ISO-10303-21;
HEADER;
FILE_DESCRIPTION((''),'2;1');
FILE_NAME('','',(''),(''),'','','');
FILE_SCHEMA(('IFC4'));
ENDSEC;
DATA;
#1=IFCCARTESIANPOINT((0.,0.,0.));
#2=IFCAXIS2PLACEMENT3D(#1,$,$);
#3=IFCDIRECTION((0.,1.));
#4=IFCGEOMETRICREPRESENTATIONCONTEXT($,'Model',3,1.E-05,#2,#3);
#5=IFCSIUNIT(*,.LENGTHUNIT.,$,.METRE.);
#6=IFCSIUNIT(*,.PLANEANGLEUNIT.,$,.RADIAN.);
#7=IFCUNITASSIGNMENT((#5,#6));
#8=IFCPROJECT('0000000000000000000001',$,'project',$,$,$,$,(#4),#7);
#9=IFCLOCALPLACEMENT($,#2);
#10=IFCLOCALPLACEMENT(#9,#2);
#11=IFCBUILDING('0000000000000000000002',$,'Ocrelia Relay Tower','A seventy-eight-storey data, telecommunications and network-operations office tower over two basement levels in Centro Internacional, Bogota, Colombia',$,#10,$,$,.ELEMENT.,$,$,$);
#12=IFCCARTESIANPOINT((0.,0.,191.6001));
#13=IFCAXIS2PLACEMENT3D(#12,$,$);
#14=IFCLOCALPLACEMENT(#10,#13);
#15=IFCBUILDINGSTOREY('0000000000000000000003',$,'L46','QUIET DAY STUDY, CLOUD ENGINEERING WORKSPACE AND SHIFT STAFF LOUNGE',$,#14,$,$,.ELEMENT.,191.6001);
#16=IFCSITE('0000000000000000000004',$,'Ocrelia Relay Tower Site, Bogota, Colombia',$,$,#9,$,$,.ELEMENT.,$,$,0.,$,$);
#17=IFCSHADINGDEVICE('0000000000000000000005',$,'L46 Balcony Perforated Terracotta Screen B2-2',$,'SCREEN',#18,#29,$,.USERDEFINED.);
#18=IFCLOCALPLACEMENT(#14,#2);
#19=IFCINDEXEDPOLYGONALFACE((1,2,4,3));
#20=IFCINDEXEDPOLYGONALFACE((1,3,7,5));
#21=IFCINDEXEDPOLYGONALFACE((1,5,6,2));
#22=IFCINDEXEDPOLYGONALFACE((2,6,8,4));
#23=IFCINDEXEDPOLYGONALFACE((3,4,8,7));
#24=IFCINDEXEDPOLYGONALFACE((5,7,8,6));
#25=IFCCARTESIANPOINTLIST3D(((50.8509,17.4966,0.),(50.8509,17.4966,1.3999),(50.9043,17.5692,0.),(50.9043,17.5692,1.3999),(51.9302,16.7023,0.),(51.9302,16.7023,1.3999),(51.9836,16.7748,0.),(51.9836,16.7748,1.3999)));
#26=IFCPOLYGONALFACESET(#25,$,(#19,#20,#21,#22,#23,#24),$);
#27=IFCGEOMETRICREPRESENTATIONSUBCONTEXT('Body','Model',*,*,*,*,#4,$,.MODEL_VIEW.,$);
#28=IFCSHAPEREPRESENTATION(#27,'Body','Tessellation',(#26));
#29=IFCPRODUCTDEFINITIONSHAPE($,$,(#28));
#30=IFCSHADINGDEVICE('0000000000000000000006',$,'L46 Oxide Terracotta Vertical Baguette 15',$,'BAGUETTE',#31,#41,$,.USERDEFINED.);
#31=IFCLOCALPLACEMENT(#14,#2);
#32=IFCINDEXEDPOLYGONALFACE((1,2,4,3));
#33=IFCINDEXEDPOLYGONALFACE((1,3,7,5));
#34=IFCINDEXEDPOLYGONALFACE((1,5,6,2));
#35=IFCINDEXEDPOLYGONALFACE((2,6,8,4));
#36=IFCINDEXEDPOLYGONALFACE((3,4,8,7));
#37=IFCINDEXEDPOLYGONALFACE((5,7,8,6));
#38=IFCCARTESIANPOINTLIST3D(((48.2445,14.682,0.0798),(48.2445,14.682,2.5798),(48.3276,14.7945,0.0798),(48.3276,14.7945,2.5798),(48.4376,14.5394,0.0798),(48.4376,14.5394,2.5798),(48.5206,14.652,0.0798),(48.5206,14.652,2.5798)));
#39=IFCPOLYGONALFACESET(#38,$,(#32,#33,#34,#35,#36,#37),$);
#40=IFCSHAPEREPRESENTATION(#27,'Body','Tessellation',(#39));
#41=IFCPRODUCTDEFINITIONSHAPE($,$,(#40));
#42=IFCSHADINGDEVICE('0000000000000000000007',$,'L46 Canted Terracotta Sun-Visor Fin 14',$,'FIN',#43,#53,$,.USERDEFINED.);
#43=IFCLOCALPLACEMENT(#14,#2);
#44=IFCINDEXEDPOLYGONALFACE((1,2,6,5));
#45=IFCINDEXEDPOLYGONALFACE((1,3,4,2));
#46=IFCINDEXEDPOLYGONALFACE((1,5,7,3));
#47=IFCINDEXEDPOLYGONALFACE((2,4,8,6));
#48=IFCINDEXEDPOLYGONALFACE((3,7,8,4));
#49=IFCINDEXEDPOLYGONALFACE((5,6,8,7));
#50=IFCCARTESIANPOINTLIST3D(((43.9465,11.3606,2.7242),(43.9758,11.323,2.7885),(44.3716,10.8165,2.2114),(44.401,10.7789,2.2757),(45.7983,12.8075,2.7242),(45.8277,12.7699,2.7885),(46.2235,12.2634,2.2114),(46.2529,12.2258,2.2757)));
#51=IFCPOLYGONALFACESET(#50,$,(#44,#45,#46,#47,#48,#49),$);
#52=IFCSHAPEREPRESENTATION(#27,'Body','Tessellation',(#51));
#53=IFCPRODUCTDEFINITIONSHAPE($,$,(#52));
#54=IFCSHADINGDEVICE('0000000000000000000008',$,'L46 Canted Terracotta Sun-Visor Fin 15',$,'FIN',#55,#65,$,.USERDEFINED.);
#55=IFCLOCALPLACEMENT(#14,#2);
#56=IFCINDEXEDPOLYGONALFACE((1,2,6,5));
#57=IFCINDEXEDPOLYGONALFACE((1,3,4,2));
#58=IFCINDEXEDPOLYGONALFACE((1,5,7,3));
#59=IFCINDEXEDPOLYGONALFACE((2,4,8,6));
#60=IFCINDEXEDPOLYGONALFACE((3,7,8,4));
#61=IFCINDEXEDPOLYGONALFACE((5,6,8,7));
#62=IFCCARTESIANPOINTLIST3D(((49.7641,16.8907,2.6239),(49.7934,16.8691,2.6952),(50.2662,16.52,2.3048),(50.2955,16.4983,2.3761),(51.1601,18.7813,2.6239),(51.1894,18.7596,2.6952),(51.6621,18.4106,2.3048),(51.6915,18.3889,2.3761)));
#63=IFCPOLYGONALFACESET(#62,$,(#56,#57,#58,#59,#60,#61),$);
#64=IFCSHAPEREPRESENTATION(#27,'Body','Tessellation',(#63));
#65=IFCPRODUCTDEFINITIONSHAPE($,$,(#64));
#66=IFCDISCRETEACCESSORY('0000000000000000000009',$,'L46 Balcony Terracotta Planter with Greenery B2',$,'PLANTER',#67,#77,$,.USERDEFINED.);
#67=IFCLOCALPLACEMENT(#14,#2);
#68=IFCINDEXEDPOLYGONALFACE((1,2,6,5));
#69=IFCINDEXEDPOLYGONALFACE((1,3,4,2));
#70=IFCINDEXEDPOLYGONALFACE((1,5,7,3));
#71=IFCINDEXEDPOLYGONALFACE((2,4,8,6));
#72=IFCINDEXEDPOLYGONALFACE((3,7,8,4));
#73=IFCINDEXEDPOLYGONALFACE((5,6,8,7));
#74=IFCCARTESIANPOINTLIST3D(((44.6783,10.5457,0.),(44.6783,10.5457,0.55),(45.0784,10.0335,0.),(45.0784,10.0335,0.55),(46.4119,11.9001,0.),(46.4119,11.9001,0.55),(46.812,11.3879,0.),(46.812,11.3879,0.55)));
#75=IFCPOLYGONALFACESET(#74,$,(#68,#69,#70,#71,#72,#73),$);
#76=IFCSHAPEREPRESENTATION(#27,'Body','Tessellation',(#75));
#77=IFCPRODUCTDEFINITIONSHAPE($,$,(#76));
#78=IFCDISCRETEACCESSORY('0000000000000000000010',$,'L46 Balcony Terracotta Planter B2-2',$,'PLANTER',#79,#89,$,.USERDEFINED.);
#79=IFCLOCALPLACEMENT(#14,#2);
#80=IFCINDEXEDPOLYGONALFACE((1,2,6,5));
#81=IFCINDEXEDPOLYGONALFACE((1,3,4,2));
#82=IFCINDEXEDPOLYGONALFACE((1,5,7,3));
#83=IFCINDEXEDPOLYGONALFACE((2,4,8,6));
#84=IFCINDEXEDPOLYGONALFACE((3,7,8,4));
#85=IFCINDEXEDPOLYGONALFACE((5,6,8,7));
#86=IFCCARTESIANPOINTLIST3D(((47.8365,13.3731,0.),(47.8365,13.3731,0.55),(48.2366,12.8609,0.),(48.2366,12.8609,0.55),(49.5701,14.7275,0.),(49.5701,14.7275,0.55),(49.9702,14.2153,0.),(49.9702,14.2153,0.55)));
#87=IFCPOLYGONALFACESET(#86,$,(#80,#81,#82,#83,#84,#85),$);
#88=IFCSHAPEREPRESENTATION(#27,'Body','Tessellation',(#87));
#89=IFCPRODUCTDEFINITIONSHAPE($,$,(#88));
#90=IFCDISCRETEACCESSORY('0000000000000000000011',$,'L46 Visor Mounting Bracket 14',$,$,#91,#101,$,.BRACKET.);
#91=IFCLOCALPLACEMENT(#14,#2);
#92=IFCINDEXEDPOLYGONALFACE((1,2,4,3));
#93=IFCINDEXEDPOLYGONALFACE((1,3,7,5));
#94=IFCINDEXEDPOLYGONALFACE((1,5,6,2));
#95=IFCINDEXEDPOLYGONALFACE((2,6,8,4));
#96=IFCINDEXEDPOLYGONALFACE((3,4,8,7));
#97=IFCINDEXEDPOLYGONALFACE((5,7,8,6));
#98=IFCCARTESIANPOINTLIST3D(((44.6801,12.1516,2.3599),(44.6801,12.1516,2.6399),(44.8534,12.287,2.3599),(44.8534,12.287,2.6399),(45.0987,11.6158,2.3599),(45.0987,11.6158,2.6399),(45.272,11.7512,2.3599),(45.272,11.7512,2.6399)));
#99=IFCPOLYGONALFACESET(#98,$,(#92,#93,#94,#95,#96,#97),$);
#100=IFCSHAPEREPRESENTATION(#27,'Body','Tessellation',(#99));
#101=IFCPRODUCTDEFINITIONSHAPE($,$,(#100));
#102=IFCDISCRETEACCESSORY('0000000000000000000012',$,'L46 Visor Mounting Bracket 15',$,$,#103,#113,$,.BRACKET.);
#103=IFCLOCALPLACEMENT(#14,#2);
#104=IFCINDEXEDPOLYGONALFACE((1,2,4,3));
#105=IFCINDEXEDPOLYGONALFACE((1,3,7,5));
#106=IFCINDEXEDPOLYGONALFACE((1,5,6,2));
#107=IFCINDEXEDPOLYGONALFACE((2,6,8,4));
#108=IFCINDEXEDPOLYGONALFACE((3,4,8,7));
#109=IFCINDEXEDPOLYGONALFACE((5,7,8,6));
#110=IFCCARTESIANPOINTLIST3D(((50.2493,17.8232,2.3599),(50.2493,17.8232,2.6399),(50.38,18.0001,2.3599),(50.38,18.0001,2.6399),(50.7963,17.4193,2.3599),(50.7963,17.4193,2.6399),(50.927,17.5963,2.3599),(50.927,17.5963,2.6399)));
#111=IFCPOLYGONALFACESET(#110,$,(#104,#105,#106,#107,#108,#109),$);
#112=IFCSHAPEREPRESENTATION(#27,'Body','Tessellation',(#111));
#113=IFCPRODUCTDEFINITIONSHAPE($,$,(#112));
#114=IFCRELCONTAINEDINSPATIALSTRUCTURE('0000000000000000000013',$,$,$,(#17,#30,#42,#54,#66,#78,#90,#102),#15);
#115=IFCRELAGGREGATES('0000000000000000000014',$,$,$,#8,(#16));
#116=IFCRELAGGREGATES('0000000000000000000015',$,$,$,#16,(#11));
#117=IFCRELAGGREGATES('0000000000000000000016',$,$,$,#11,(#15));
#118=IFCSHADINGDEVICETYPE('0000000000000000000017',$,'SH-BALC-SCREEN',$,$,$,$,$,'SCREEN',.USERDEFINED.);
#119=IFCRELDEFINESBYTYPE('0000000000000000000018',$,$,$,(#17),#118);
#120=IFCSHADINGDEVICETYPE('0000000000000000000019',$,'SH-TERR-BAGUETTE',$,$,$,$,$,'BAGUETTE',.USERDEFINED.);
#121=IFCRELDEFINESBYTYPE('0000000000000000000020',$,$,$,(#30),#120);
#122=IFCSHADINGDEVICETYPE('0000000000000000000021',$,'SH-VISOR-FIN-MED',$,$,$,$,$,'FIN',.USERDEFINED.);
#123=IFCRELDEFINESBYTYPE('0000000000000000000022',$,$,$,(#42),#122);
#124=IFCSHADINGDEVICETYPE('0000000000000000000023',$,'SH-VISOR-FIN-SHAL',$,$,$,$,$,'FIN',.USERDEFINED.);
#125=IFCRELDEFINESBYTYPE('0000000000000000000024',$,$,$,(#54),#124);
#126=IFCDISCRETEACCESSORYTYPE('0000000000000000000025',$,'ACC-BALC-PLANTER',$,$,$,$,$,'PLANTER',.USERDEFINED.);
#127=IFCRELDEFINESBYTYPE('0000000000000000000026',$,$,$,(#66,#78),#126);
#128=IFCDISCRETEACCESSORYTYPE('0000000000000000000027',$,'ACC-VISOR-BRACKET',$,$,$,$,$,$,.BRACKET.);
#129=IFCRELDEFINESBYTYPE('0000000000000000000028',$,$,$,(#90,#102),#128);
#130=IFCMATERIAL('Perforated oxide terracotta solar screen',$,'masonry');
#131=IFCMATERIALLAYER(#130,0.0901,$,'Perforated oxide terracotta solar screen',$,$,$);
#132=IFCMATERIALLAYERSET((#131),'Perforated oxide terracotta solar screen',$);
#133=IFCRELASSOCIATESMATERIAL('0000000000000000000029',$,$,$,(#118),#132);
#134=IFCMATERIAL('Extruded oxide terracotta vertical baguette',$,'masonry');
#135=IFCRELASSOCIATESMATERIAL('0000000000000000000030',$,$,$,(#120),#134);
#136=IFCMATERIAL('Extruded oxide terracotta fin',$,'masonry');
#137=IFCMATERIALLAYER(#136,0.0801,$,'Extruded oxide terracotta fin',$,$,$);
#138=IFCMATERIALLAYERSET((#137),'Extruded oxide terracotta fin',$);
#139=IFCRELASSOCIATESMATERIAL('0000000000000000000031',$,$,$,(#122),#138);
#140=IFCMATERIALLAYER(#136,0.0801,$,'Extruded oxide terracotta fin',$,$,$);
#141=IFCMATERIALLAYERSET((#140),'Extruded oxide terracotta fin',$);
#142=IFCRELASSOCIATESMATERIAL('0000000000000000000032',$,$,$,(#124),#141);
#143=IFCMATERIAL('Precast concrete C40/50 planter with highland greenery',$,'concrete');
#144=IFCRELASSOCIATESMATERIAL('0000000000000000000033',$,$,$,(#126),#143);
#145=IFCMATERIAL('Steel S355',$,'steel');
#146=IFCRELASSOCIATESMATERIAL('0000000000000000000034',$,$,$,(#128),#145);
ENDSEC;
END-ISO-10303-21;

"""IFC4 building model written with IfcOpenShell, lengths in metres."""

from ifc_helpers import new_model, si_unit, direction, frame, origin, origin_2d, place, context, subcontext, project, spatial, rectangle, extrude, material, layer, layer_set, type_object, element, save


model = new_model("IFC4")

# Units and contexts
model_context = context("Model", 3, precision=1e-05, world=origin(), true_north=direction((0.0, 1.0)))
body_context = subcontext(model_context, "Body", "Model", "MODEL_VIEW")
ifc_project = project(units=[si_unit("LENGTHUNIT", "METRE"), si_unit("PLANEANGLEUNIT", "RADIAN")], contexts=[model_context])

# Site, building, storey
site_placement = place(None, origin())
site = spatial("IfcSite", under=ifc_project, at=site_placement, Name="Ocrelia Relay Tower Site, Bogota, Colombia", CompositionType="ELEMENT", RefElevation=0.0)
building_placement = place(site_placement, origin())
building = spatial("IfcBuilding", under=site, at=building_placement, Name="Ocrelia Relay Tower", Description="A seventy-eight-storey data, telecommunications and network-operations office tower over two basement levels in Centro Internacional, Bogota, Colombia", CompositionType="ELEMENT")
storey_placement = place(building_placement, frame((0.0, 0.0, 191.6001)))
storey = spatial("IfcBuildingStorey", under=building, at=storey_placement, Name="L46", Description="QUIET DAY STUDY, CLOUD ENGINEERING WORKSPACE AND SHIFT STAFF LOUNGE", CompositionType="ELEMENT", Elevation=191.6001)

# Shared definitions
ifc_material_1 = material(Name="Steel S355", Category="steel")

# Shading devices
ifc_material_2 = material(Name="Perforated oxide terracotta solar screen", Category="masonry")
ifc_layer_1 = layer(ifc_material_2, 0.0901, Name="Perforated oxide terracotta solar screen")
ifc_layer_set_1 = layer_set([ifc_layer_1], Name="Perforated oxide terracotta solar screen")
shading_device_type_1 = type_object("IfcShadingDeviceType", Name="SH-BALC-SCREEN", ElementType="SCREEN", PredefinedType="USERDEFINED", material=ifc_layer_set_1)
shading_device_1_placement = place(storey_placement, frame((51.4172, 17.1357, 0.0), z_axis=(0.0, 0.0, 1.0), x_axis=(0.805384, -0.592753, 0.0)))
element("IfcShadingDevice", 1, at=shading_device_1_placement, inside=storey, type_object=shading_device_type_1, Name="L46 Balcony Perforated Terracotta Screen B2-2", ObjectType="SCREEN", PredefinedType="USERDEFINED", context=body_context, shape_type="SweptSolid", body=[
    extrude(rectangle(XDim=1.3401, YDim=0.0901, at=origin_2d()), origin(), (0.0, 0.0, 1.0), 1.3999),
])
ifc_material_3 = material(Name="Extruded oxide terracotta vertical baguette", Category="masonry")
shading_device_type_2 = type_object("IfcShadingDeviceType", Name="SH-TERR-BAGUETTE", ElementType="BAGUETTE", PredefinedType="USERDEFINED", material=ifc_material_3)
shading_device_2_placement = place(storey_placement, frame((48.3826, 14.667, 0.0798), z_axis=(0.0, 0.0, 1.0), x_axis=(0.594005, 0.804462, 0.0)))
element("IfcShadingDevice", 2, at=shading_device_2_placement, inside=storey, type_object=shading_device_type_2, Name="L46 Oxide Terracotta Vertical Baguette 15", ObjectType="BAGUETTE", PredefinedType="USERDEFINED", context=body_context, shape_type="SweptSolid", body=[
    extrude(rectangle(XDim=0.1399, YDim=0.24, at=origin_2d()), origin(), (0.0, 0.0, 1.0), 2.5),
])
ifc_material_4 = material(Name="Extruded oxide terracotta fin", Category="masonry")
ifc_layer_2 = layer(ifc_material_4, 0.0801, Name="Extruded oxide terracotta fin")
ifc_layer_set_2 = layer_set([ifc_layer_2], Name="Extruded oxide terracotta fin")
shading_device_type_3 = type_object("IfcShadingDeviceType", Name="SH-VISOR-FIN-MED", ElementType="FIN", PredefinedType="USERDEFINED", material=ifc_layer_set_2)
shading_device_3_placement = place(storey_placement, frame((45.085, 11.812, 2.4678), z_axis=(0.367075, -0.46983, 0.802817), x_axis=(0.788008, 0.615665, 0.0)))
element("IfcShadingDevice", 3, at=shading_device_3_placement, inside=storey, type_object=shading_device_type_3, Name="L46 Canted Terracotta Sun-Visor Fin 14", ObjectType="FIN", PredefinedType="USERDEFINED", context=body_context, shape_type="SweptSolid", body=[
    extrude(rectangle(XDim=2.3501, YDim=0.8601, at=origin_2d()), origin(), (0.0, 0.0, 1.0), 0.0801),
])
ifc_layer_3 = layer(ifc_material_4, 0.0801, Name="Extruded oxide terracotta fin")
ifc_layer_set_3 = layer_set([ifc_layer_3], Name="Extruded oxide terracotta fin")
shading_device_type_4 = type_object("IfcShadingDeviceType", Name="SH-VISOR-FIN-SHAL", ElementType="FIN", PredefinedType="USERDEFINED", material=ifc_layer_set_3)
shading_device_4_placement = place(storey_placement, frame((50.7131, 17.6506, 2.4644), z_axis=(0.366218, -0.270411, 0.890372), x_axis=(0.594005, 0.804462, 0.0)))
element("IfcShadingDevice", 4, at=shading_device_4_placement, inside=storey, type_object=shading_device_type_4, Name="L46 Canted Terracotta Sun-Visor Fin 15", ObjectType="FIN", PredefinedType="USERDEFINED", context=body_context, shape_type="SweptSolid", body=[
    extrude(rectangle(XDim=2.3501, YDim=0.7009, at=origin_2d()), origin(), (0.0, 0.0, 1.0), 0.0801),
])

# Discrete accessories
ifc_material_5 = material(Name="Precast concrete C40/50 planter with highland greenery", Category="concrete")
discrete_accessory_type_1 = type_object("IfcDiscreteAccessoryType", Name="ACC-BALC-PLANTER", ElementType="PLANTER", PredefinedType="USERDEFINED", material=ifc_material_5)
for number, where, z_axis, x_axis, name in (
    (5, (45.7451, 10.9668, 0.0), (0.0, 0.0, 1.0), (-0.788018, -0.615652, 0.0), "L46 Balcony Terracotta Planter with Greenery B2"),
    (6, (48.9033, 13.7942, 0.0), (0.0, 0.0, 1.0), (-0.788018, -0.615652, 0.0), "L46 Balcony Terracotta Planter B2-2"),
):
    element("IfcDiscreteAccessory", number, at=place(storey_placement, frame(where, z_axis=z_axis, x_axis=x_axis)), inside=storey, type_object=discrete_accessory_type_1, Name=name, ObjectType="PLANTER", PredefinedType="USERDEFINED", context=body_context, shape_type="SweptSolid", body=[
        extrude(rectangle(XDim=2.2, YDim=0.6499, at=origin_2d()), origin(), (0.0, 0.0, 1.0), 0.55),
    ])
discrete_accessory_type_2 = type_object("IfcDiscreteAccessoryType", Name="ACC-VISOR-BRACKET", PredefinedType="BRACKET", material=ifc_material_1)
for number, where, z_axis, x_axis, name in (
    (7, (44.9761, 11.9514, 2.3599), (0.0, 0.0, 1.0), (0.788008, 0.615665, 0.0), "L46 Visor Mounting Bracket 14"),
    (8, (50.5881, 17.7097, 2.3599), (0.0, 0.0, 1.0), (0.594005, 0.804462, 0.0), "L46 Visor Mounting Bracket 15"),
):
    element("IfcDiscreteAccessory", number, at=place(storey_placement, frame(where, z_axis=z_axis, x_axis=x_axis)), inside=storey, type_object=discrete_accessory_type_2, Name=name, PredefinedType="BRACKET", context=body_context, shape_type="SweptSolid", body=[
        extrude(rectangle(XDim=0.22, YDim=0.6799, at=origin_2d()), origin(), (0.0, 0.0, 1.0), 0.28),
    ])

save(model, "model.ifc")
